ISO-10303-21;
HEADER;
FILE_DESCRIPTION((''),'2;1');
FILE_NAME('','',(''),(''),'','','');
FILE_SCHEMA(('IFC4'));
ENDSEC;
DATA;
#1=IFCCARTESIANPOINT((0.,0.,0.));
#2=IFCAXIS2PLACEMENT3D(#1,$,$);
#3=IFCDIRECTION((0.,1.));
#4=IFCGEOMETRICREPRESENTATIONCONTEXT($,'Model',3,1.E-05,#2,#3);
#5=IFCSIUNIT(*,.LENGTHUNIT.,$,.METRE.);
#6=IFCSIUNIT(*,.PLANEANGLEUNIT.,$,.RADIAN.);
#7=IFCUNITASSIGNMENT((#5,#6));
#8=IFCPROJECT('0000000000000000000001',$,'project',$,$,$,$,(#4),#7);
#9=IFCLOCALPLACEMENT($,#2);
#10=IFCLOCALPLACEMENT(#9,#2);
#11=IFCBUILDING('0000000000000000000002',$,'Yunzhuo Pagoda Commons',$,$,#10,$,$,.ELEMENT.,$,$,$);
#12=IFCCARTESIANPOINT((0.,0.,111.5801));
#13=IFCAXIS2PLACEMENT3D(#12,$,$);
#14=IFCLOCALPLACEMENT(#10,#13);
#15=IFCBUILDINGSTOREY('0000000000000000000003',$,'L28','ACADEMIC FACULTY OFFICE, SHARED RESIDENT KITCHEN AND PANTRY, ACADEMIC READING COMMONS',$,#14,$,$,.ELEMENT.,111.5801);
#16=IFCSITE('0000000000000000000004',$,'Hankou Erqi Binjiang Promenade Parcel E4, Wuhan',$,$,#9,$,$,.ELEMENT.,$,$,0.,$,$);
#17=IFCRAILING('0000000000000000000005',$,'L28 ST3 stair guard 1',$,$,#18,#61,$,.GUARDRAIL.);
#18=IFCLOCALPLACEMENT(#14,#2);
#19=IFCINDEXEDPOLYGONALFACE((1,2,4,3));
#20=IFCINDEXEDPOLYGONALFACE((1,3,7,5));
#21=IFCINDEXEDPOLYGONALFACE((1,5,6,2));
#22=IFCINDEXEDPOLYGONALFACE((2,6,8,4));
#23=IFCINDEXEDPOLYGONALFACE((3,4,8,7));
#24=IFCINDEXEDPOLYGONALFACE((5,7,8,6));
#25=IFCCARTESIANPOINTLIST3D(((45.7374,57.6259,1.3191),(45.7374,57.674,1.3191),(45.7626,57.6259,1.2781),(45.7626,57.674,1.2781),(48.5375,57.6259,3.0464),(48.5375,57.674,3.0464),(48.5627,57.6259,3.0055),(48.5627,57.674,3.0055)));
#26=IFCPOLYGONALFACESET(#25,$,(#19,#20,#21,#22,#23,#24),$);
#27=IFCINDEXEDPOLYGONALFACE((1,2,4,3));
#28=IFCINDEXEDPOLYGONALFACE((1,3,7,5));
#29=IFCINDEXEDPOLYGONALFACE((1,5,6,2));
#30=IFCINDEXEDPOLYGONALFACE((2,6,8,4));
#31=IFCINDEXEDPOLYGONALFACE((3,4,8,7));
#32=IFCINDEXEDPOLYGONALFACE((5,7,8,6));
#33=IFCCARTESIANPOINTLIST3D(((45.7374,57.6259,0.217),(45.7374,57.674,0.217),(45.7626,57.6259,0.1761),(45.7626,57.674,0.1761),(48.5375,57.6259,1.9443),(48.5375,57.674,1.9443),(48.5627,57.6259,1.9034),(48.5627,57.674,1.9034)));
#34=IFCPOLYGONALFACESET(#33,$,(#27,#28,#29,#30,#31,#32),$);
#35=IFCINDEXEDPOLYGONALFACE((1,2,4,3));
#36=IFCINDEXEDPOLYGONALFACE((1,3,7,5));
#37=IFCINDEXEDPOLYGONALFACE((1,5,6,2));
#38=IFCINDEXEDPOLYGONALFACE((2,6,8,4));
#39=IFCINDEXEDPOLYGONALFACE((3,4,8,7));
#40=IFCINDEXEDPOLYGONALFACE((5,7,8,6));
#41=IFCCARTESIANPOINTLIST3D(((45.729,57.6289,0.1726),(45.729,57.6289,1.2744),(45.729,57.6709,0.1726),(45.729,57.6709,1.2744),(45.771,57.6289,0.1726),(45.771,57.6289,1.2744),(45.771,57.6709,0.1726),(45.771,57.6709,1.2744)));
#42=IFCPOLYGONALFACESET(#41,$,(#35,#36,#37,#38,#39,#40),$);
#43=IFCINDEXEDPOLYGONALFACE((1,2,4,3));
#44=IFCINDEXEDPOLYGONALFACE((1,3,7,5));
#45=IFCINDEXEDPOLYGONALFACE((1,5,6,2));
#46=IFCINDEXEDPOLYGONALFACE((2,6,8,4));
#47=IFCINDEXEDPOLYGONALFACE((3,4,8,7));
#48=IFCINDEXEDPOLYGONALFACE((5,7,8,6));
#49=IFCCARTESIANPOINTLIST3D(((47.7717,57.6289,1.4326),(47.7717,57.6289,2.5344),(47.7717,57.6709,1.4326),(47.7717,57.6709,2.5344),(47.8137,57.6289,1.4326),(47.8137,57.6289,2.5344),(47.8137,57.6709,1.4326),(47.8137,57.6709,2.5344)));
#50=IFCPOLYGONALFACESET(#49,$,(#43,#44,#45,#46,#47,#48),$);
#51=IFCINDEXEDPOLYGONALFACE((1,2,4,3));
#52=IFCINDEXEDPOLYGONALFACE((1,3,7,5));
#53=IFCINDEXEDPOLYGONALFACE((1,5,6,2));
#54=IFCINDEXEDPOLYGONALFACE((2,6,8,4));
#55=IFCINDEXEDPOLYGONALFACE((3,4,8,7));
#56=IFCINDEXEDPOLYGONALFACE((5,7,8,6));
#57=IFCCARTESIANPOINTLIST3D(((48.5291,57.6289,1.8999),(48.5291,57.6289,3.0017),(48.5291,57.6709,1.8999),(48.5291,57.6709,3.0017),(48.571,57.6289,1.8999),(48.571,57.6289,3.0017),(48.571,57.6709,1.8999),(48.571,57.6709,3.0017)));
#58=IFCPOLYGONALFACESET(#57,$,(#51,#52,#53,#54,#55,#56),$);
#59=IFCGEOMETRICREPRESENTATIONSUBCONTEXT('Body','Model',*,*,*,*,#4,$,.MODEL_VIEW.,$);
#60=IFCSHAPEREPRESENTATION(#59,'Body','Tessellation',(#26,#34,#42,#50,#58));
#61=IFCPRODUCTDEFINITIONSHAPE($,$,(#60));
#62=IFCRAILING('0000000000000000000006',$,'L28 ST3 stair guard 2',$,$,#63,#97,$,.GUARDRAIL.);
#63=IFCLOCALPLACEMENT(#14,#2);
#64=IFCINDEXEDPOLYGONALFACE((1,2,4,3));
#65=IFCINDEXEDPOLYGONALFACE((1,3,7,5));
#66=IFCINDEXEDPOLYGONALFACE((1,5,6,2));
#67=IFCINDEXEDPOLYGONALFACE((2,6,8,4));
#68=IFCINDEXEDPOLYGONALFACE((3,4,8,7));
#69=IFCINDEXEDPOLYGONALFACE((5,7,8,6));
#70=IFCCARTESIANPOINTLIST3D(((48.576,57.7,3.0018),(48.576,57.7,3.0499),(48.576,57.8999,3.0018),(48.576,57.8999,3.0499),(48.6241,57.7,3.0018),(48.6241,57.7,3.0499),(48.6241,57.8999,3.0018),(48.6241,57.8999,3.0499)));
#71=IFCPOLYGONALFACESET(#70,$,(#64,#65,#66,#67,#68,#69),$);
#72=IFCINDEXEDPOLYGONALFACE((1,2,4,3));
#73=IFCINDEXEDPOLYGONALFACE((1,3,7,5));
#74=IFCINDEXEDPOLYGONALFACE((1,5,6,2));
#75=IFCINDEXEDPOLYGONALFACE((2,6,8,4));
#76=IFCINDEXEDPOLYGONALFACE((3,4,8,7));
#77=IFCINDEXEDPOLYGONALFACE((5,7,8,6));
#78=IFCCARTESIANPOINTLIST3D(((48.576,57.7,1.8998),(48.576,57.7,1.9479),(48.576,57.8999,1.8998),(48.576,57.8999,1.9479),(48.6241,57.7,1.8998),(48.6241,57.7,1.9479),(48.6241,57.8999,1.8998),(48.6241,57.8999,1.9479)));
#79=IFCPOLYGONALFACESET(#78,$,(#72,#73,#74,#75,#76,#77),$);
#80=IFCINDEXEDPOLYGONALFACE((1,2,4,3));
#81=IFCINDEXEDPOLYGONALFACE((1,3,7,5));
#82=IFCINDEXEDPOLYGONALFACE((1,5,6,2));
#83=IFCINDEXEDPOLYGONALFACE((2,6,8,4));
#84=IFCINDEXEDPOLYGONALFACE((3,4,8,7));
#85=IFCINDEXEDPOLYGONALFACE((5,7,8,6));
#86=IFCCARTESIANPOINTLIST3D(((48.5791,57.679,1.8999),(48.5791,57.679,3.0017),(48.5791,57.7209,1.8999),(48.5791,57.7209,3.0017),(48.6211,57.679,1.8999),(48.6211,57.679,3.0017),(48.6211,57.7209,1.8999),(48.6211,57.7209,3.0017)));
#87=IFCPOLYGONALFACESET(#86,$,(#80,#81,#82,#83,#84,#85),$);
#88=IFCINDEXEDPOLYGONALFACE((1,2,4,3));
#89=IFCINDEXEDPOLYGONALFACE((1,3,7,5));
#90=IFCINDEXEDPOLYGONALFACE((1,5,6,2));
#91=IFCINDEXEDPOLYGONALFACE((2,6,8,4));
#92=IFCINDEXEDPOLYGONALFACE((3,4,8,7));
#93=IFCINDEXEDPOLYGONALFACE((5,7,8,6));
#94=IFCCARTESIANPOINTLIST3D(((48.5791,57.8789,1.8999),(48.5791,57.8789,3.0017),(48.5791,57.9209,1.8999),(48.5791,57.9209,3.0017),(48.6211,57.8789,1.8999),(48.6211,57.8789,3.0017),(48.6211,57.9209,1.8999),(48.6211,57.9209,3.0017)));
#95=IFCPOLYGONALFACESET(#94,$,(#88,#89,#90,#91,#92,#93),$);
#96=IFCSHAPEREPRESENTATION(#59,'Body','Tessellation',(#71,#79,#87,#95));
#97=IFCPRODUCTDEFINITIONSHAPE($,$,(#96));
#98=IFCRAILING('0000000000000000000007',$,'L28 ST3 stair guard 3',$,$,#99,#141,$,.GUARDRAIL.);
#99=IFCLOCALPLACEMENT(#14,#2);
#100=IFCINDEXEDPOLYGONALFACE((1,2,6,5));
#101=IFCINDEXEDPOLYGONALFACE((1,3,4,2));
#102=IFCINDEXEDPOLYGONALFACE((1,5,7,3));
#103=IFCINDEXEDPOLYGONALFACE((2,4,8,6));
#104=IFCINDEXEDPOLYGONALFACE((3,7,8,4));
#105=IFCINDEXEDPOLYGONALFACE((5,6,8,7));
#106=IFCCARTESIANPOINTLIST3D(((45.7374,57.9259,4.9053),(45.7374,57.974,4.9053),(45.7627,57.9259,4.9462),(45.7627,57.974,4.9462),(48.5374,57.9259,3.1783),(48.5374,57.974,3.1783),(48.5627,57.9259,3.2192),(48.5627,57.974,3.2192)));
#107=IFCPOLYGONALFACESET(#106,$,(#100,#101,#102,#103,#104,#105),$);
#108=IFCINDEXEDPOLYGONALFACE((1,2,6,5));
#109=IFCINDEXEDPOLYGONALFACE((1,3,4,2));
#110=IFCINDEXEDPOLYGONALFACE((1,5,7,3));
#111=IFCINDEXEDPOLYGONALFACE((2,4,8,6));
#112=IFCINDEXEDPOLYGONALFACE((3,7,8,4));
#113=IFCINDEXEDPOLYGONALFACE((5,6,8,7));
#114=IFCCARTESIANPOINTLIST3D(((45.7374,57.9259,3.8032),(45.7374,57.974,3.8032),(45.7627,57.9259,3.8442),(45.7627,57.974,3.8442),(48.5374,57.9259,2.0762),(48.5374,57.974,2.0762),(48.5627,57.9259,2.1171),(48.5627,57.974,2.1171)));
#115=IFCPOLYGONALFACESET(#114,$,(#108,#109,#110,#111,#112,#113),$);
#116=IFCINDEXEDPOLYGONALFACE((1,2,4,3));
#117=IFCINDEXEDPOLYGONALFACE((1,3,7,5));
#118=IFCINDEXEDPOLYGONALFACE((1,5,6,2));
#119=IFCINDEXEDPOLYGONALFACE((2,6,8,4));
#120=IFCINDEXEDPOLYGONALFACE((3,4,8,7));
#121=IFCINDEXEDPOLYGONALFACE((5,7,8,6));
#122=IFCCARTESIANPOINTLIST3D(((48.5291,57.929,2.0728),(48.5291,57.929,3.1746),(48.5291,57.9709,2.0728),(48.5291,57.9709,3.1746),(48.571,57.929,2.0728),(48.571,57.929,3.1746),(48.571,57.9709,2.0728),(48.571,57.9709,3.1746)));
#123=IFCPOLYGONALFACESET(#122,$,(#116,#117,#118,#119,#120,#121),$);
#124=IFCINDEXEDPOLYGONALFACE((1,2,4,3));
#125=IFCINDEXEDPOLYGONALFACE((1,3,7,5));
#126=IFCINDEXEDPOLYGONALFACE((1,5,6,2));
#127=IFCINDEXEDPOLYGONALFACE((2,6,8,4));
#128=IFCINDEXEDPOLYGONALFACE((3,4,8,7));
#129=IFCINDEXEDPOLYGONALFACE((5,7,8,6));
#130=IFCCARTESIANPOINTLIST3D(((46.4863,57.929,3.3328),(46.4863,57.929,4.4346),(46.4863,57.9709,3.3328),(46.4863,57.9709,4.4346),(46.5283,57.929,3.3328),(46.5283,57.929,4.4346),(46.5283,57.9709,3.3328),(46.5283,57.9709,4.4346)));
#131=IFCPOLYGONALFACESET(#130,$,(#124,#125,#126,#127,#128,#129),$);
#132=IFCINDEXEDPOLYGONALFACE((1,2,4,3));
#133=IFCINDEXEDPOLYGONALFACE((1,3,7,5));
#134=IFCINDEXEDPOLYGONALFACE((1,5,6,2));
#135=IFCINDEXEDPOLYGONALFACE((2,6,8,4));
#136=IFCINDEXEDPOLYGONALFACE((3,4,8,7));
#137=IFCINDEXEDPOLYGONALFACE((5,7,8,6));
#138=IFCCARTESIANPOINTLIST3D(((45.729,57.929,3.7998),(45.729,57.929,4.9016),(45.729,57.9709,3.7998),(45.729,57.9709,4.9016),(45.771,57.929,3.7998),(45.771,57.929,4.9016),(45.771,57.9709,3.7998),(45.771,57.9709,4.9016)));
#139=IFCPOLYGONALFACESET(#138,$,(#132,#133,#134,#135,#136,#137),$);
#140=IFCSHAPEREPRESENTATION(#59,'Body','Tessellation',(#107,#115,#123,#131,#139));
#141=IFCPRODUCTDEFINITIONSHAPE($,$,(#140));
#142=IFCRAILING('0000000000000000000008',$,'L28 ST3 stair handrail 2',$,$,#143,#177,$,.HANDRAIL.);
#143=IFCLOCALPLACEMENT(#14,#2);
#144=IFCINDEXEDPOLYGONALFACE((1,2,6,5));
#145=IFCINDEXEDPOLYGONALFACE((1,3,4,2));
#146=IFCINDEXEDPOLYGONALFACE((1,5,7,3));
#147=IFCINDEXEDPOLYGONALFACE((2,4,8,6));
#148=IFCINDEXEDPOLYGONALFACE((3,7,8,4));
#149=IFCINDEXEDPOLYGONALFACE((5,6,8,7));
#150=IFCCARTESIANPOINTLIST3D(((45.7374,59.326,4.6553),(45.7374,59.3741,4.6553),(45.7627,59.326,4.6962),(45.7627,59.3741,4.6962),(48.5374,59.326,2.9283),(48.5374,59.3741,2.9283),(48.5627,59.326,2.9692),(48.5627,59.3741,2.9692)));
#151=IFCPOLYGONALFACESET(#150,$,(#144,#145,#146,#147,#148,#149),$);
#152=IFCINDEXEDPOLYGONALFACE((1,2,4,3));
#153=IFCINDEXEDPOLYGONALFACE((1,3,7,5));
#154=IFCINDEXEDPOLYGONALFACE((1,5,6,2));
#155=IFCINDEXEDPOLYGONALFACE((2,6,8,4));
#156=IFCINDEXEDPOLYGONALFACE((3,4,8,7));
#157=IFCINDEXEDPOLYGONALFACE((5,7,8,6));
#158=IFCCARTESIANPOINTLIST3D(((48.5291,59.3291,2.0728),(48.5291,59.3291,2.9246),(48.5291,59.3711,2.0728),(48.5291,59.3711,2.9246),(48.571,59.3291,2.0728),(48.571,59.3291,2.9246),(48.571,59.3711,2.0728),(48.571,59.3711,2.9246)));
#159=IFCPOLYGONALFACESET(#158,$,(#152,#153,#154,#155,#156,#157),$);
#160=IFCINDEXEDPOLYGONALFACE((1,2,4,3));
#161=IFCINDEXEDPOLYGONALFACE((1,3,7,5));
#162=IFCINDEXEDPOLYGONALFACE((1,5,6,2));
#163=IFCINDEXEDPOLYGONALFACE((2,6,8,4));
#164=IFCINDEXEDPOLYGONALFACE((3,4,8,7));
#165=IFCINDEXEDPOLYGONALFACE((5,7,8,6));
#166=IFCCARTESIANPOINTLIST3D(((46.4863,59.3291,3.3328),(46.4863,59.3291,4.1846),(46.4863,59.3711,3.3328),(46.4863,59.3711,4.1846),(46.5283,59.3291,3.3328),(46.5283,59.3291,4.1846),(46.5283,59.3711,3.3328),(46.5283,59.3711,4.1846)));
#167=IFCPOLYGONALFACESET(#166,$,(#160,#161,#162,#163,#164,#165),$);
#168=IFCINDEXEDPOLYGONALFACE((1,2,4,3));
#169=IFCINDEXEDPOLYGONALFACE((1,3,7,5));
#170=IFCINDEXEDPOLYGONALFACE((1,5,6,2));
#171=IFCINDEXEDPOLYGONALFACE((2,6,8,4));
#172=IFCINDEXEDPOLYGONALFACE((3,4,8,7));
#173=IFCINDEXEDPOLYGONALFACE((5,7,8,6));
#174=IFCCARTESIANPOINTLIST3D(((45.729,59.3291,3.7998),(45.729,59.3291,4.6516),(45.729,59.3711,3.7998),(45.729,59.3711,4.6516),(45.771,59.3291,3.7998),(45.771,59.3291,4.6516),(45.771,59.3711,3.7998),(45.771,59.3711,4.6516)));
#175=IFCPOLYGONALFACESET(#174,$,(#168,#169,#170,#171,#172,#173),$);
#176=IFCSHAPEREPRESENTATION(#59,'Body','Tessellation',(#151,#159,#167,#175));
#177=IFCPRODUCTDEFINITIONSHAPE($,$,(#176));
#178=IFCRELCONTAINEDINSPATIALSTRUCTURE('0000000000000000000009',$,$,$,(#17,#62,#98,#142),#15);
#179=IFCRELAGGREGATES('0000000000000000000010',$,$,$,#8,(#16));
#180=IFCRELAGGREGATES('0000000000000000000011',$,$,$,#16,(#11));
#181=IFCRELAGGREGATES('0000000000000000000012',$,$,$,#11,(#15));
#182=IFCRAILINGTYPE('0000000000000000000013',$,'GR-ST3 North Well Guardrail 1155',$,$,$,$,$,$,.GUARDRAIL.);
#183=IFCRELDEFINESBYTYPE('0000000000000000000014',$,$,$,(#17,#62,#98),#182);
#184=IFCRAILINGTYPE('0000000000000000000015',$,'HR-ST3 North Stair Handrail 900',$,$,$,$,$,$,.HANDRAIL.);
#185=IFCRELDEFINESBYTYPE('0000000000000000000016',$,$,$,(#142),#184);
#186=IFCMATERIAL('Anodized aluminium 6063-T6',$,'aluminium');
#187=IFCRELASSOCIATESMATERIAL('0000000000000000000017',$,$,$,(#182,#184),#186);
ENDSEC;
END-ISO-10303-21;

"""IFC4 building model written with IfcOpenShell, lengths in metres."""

from ifc_helpers import new_model, si_unit, direction, frame, origin, origin_2d, place, context, subcontext, project, spatial, rectangle, extrude, material, type_object, element, save


model = new_model("IFC4")

# Units and contexts
model_context = context("Model", 3, precision=1e-05, world=origin(), true_north=direction((0.0, 1.0)))
body_context = subcontext(model_context, "Body", "Model", "MODEL_VIEW")
ifc_project = project(units=[si_unit("LENGTHUNIT", "METRE"), si_unit("PLANEANGLEUNIT", "RADIAN")], contexts=[model_context])

# Site, building, storey
site_placement = place(None, origin())
site = spatial("IfcSite", under=ifc_project, at=site_placement, Name="Hankou Erqi Binjiang Promenade Parcel E4, Wuhan", CompositionType="ELEMENT", RefElevation=0.0)
building_placement = place(site_placement, origin())
building = spatial("IfcBuilding", under=site, at=building_placement, Name="Yunzhuo Pagoda Commons", CompositionType="ELEMENT")
storey_placement = place(building_placement, frame((0.0, 0.0, 111.5801)))
storey = spatial("IfcBuildingStorey", under=building, at=storey_placement, Name="L28", Description="ACADEMIC FACULTY OFFICE, SHARED RESIDENT KITCHEN AND PANTRY, ACADEMIC READING COMMONS", CompositionType="ELEMENT", Elevation=111.5801)

# Shared definitions
ifc_material_1 = material(Name="Anodized aluminium 6063-T6", Category="aluminium")

# Railings
railing_type_1 = type_object("IfcRailingType", Name="GR-ST3 North Well Guardrail 1155", PredefinedType="GUARDRAIL", material=ifc_material_1)
railing_1_placement = place(storey_placement, frame((45.75, 57.6499, 0.1726)))
element("IfcRailing", 1, at=railing_1_placement, inside=storey, type_object=railing_type_1, Name="L28 ST3 stair guard 1", PredefinedType="GUARDRAIL", context=body_context, shape_type="SweptSolid", body=[
    extrude(rectangle(XDim=0.0481, YDim=0.0481, at=origin_2d()), frame((0.0, 0.0, 1.126), z_axis=(0.85109, 0.0, 0.52502), x_axis=(0.0, 1.0, 0.0)), (0.0, 0.0, 1.0), 3.29),
    extrude(rectangle(XDim=0.0481, YDim=0.0481, at=origin_2d()), frame((0.0, 0.0, 0.0239), z_axis=(0.85109, 0.0, 0.52502), x_axis=(0.0, 1.0, 0.0)), (0.0, 0.0, 1.0), 3.29),
    extrude(rectangle(XDim=0.042, YDim=0.042, at=origin_2d()), origin(), (0.0, 0.0, 1.0), 1.1018),
    extrude(rectangle(XDim=0.042, YDim=0.042, at=origin_2d()), frame((2.0427, 0.0, 1.26)), (0.0, 0.0, 1.0), 1.1018),
    extrude(rectangle(XDim=0.042, YDim=0.042, at=origin_2d()), frame((2.8, 0.0, 1.7273)), (0.0, 0.0, 1.0), 1.1018),
])
railing_2_placement = place(storey_placement, frame((48.6001, 57.7, 1.8999)))
element("IfcRailing", 2, at=railing_2_placement, inside=storey, type_object=railing_type_1, Name="L28 ST3 stair guard 2", PredefinedType="GUARDRAIL", context=body_context, shape_type="SweptSolid", body=[
    extrude(rectangle(XDim=0.0481, YDim=0.0481, at=origin_2d()), frame((0.0, 0.0, 1.126), z_axis=(0.0, 1.0, 0.0), x_axis=(-1.0, 0.0, 0.0)), (0.0, 0.0, 1.0), 0.2),
    extrude(rectangle(XDim=0.0481, YDim=0.0481, at=origin_2d()), frame((0.0, 0.0, 0.0239), z_axis=(0.0, 1.0, 0.0), x_axis=(-1.0, 0.0, 0.0)), (0.0, 0.0, 1.0), 0.2),
    extrude(rectangle(XDim=0.042, YDim=0.042, at=origin_2d()), origin(), (0.0, 0.0, 1.0), 1.1018),
    extrude(rectangle(XDim=0.042, YDim=0.042, at=origin_2d()), frame((0.0, 0.2, 0.0)), (0.0, 0.0, 1.0), 1.1018),
])
railing_3_placement = place(storey_placement, frame((48.55, 57.95, 2.0728)))
element("IfcRailing", 3, at=railing_3_placement, inside=storey, type_object=railing_type_1, Name="L28 ST3 stair guard 3", PredefinedType="GUARDRAIL", context=body_context, shape_type="SweptSolid", body=[
    extrude(rectangle(XDim=0.0481, YDim=0.0481, at=origin_2d()), frame((0.0, 0.0, 1.126), z_axis=(-0.851123, 0.0, 0.524967), x_axis=(0.0, -1.0, 0.0)), (0.0, 0.0, 1.0), 3.2898),
    extrude(rectangle(XDim=0.0481, YDim=0.0481, at=origin_2d()), frame((0.0, 0.0, 0.0239), z_axis=(-0.851123, 0.0, 0.524967), x_axis=(0.0, -1.0, 0.0)), (0.0, 0.0, 1.0), 3.2898),
    extrude(rectangle(XDim=0.042, YDim=0.042, at=origin_2d()), origin(), (0.0, 0.0, 1.0), 1.1018),
    extrude(rectangle(XDim=0.042, YDim=0.042, at=origin_2d()), frame((-2.0427, 0.0, 1.26)), (0.0, 0.0, 1.0), 1.1018),
    extrude(rectangle(XDim=0.042, YDim=0.042, at=origin_2d()), frame((-2.8, 0.0, 1.7271)), (0.0, 0.0, 1.0), 1.1018),
])
railing_type_2 = type_object("IfcRailingType", Name="HR-ST3 North Stair Handrail 900", PredefinedType="HANDRAIL", material=ifc_material_1)
railing_4_placement = place(storey_placement, frame((48.55, 59.3501, 2.0728)))
element("IfcRailing", 4, at=railing_4_placement, inside=storey, type_object=railing_type_2, Name="L28 ST3 stair handrail 2", PredefinedType="HANDRAIL", context=body_context, shape_type="SweptSolid", body=[
    extrude(rectangle(XDim=0.0481, YDim=0.0481, at=origin_2d()), frame((0.0, 0.0, 0.876), z_axis=(-0.851123, 0.0, 0.524967), x_axis=(0.0, -1.0, 0.0)), (0.0, 0.0, 1.0), 3.2898),
    extrude(rectangle(XDim=0.042, YDim=0.042, at=origin_2d()), origin(), (0.0, 0.0, 1.0), 0.8518),
    extrude(rectangle(XDim=0.042, YDim=0.042, at=origin_2d()), frame((-2.0427, 0.0, 1.26)), (0.0, 0.0, 1.0), 0.8518),
    extrude(rectangle(XDim=0.042, YDim=0.042, at=origin_2d()), frame((-2.8, 0.0, 1.7271)), (0.0, 0.0, 1.0), 0.8518),
])

save(model, "model.ifc")
